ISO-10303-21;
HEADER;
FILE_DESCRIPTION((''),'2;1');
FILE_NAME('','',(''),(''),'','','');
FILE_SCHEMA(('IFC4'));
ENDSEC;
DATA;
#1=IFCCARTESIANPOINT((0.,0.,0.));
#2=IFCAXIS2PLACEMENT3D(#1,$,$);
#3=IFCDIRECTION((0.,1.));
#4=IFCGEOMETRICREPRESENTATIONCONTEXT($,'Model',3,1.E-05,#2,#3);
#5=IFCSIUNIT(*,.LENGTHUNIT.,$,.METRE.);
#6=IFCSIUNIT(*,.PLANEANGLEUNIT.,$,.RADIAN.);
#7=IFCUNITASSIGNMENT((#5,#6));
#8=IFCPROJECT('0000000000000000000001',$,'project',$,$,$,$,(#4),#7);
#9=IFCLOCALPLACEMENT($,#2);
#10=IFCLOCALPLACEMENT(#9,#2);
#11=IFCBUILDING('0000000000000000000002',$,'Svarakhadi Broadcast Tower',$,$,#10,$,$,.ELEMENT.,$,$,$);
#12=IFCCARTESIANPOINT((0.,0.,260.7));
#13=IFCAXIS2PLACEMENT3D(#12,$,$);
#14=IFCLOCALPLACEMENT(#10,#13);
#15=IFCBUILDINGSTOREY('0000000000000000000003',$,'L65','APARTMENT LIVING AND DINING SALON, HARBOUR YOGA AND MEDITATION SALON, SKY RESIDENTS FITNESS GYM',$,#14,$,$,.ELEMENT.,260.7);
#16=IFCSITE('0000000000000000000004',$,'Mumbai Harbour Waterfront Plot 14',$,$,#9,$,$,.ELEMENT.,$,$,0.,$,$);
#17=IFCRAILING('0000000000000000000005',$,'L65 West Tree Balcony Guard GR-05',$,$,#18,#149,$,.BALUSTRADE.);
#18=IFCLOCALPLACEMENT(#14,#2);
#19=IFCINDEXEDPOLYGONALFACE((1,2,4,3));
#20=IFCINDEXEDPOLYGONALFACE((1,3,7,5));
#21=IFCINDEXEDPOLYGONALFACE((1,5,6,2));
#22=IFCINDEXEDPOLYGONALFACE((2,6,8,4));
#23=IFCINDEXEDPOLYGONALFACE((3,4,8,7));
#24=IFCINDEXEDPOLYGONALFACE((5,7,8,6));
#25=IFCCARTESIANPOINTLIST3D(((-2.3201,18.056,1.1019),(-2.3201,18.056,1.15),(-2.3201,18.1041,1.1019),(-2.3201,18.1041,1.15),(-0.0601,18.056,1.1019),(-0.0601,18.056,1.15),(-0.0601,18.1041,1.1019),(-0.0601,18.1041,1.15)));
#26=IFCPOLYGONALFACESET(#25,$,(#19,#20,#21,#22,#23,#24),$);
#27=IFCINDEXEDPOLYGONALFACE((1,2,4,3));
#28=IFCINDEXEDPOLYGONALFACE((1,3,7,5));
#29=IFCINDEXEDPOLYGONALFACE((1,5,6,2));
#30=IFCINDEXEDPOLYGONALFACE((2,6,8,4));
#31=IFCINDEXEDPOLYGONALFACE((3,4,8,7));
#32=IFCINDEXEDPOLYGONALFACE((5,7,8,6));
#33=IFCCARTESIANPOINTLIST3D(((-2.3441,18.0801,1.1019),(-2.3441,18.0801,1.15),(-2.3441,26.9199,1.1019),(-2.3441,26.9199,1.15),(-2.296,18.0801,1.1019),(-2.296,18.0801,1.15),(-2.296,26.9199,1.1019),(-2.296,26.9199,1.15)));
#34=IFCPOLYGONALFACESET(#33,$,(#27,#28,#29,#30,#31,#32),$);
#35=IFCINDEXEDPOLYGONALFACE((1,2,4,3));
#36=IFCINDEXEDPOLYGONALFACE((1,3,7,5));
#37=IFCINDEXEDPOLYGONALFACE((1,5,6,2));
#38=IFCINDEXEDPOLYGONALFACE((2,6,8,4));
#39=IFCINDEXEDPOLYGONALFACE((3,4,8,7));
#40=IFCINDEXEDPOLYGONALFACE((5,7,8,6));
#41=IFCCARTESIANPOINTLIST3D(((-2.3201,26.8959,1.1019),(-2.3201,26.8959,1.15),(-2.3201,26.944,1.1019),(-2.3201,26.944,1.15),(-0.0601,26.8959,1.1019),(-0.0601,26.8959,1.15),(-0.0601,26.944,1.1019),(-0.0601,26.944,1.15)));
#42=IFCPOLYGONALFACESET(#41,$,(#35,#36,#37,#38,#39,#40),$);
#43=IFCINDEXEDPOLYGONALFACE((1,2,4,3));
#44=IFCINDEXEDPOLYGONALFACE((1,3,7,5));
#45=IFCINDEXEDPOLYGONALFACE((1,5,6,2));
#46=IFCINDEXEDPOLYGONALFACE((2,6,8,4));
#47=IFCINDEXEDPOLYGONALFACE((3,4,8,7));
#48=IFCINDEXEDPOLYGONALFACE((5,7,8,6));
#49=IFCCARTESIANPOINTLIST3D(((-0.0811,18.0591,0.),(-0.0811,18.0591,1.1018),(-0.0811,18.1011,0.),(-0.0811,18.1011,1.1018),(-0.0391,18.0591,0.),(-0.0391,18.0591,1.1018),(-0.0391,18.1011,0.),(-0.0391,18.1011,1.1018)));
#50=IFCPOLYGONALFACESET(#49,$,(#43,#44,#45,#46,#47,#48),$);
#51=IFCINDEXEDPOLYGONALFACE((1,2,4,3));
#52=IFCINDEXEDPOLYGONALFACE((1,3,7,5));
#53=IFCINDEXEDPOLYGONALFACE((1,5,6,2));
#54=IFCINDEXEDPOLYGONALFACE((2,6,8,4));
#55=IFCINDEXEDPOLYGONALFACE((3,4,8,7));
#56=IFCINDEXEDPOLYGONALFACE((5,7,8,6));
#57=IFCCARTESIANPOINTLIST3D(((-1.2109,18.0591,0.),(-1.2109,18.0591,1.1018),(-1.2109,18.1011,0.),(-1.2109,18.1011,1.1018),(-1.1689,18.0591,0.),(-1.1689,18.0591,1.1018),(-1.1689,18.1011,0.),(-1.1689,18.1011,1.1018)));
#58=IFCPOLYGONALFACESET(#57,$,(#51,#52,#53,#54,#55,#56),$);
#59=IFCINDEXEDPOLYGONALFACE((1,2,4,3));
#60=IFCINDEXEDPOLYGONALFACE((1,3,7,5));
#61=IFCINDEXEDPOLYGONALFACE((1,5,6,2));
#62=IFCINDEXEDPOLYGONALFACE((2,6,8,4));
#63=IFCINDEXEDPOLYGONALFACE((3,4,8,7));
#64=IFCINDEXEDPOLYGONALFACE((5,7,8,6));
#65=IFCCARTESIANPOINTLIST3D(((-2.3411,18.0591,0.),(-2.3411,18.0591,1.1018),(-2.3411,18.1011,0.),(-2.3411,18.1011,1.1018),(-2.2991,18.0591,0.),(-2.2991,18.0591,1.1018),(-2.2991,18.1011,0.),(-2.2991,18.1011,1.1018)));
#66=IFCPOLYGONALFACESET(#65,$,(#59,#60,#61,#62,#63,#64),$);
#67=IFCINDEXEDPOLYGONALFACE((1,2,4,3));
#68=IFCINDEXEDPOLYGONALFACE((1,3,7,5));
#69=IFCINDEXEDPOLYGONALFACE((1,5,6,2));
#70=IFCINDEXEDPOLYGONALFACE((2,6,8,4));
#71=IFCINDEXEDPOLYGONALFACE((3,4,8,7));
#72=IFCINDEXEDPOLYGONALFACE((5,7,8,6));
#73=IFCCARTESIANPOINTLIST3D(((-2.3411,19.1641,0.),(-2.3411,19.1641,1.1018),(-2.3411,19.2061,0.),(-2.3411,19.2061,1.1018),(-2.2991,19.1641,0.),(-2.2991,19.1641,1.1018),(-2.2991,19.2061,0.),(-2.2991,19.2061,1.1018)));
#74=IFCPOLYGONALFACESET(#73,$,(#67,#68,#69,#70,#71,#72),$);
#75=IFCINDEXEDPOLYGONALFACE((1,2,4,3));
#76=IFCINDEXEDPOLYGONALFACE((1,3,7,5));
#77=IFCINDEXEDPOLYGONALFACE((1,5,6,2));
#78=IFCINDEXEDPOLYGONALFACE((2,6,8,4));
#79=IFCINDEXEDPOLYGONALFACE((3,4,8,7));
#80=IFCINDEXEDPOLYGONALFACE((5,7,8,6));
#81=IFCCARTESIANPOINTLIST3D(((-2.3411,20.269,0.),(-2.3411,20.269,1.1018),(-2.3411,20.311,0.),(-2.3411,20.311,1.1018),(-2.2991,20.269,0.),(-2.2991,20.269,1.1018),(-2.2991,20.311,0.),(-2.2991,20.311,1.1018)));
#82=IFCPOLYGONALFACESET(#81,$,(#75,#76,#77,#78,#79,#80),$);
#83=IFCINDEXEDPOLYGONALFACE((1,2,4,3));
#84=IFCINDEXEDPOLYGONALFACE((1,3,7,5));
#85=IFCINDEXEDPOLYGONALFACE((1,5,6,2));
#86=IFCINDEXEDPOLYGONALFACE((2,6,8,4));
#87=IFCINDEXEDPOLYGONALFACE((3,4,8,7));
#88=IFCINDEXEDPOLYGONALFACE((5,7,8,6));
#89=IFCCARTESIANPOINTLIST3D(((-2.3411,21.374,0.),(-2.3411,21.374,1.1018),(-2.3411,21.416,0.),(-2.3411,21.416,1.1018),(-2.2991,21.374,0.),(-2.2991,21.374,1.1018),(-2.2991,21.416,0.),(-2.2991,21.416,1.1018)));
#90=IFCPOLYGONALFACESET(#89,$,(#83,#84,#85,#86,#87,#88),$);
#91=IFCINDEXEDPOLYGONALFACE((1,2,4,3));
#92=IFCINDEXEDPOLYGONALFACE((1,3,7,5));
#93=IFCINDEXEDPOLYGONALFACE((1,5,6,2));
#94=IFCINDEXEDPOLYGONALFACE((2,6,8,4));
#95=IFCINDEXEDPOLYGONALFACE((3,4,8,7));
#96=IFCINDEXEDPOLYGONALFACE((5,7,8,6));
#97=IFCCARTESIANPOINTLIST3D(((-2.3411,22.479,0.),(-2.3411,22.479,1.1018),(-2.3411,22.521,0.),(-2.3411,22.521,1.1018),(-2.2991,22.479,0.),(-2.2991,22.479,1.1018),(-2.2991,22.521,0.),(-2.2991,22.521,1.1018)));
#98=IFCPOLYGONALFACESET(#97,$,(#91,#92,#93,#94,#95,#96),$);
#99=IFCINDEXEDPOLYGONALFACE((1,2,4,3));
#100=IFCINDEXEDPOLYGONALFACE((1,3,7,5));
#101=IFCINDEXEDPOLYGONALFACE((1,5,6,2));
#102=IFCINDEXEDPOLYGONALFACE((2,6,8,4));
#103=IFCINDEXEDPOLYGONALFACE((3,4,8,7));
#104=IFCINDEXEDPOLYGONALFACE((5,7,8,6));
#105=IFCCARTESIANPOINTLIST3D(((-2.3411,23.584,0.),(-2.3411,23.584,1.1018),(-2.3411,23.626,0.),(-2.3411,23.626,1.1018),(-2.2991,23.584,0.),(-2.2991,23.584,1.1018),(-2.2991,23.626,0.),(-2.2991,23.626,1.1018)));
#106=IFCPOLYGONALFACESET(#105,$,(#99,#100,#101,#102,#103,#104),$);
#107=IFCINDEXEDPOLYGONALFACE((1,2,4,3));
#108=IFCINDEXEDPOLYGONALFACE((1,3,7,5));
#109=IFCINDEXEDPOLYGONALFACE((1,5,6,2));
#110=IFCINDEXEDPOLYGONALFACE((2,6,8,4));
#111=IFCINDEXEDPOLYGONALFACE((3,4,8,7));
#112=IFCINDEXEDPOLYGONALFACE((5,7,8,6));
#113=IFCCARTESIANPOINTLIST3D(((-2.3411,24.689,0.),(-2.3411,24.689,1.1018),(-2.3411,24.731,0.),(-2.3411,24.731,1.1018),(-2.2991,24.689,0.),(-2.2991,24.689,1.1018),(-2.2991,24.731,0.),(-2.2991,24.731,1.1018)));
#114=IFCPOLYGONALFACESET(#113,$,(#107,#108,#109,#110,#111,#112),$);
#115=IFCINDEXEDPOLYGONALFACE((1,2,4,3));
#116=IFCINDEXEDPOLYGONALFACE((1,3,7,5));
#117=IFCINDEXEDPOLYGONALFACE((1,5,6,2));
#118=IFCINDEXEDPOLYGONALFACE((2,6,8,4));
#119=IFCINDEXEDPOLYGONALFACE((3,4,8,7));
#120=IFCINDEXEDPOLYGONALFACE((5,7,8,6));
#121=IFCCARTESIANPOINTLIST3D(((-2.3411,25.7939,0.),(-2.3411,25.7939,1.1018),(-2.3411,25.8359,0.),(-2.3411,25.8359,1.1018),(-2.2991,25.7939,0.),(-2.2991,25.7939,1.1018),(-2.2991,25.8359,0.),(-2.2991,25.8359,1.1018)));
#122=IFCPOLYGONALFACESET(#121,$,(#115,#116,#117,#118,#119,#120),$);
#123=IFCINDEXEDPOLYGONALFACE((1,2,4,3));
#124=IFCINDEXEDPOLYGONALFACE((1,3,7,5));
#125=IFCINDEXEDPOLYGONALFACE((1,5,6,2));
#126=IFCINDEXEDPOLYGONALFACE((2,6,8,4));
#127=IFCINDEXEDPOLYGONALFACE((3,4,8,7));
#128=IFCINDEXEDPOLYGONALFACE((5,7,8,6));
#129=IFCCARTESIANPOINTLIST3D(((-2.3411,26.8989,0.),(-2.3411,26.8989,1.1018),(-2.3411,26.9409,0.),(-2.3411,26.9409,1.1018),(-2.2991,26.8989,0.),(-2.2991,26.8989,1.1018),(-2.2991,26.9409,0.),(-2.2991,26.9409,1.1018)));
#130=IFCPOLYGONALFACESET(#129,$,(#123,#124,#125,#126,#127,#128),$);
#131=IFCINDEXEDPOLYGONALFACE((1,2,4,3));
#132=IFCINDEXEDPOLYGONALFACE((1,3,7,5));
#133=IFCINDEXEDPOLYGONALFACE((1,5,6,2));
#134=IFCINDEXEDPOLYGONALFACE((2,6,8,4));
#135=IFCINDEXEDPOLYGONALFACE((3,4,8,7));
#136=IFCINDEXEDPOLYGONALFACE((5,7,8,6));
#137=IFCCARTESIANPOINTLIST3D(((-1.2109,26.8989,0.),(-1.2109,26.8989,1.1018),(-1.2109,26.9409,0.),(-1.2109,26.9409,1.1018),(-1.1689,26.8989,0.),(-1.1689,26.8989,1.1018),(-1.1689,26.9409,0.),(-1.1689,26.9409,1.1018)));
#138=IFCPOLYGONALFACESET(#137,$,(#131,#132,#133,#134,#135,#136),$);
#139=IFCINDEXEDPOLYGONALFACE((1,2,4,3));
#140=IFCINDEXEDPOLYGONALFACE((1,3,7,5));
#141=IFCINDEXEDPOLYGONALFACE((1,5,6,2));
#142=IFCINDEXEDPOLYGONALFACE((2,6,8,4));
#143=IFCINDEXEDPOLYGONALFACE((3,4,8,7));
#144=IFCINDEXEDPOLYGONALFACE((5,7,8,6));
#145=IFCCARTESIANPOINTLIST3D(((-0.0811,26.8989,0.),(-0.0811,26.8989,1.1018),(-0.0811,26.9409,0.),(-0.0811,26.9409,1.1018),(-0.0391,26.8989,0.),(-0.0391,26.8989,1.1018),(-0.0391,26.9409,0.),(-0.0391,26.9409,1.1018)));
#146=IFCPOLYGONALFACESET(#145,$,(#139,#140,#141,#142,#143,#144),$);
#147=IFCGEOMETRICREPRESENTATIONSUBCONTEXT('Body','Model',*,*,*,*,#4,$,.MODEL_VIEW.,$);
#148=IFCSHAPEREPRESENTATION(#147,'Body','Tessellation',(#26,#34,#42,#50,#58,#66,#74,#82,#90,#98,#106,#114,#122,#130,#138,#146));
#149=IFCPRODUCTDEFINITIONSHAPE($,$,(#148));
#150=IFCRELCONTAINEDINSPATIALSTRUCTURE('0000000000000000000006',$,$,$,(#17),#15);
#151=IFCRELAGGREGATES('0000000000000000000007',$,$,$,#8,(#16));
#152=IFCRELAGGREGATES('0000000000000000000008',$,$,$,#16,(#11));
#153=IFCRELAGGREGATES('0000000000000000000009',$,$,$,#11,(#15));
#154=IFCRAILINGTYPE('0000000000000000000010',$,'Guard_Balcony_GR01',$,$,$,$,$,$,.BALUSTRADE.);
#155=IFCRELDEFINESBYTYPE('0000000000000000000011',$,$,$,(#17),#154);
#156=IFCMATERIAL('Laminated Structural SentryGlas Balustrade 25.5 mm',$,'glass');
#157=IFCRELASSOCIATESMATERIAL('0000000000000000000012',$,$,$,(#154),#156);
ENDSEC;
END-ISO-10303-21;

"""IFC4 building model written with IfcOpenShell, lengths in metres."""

from ifc_helpers import new_model, si_unit, direction, frame, origin, origin_2d, place, context, subcontext, project, spatial, rectangle, extrude, material, type_object, element, save


model = new_model("IFC4")

# Units and contexts
model_context = context("Model", 3, precision=1e-05, world=origin(), true_north=direction((0.0, 1.0)))
body_context = subcontext(model_context, "Body", "Model", "MODEL_VIEW")
ifc_project = project(units=[si_unit("LENGTHUNIT", "METRE"), si_unit("PLANEANGLEUNIT", "RADIAN")], contexts=[model_context])

# Site, building, storey
site_placement = place(None, origin())
site = spatial("IfcSite", under=ifc_project, at=site_placement, Name="Mumbai Harbour Waterfront Plot 14", CompositionType="ELEMENT", RefElevation=0.0)
building_placement = place(site_placement, origin())
building = spatial("IfcBuilding", under=site, at=building_placement, Name="Svarakhadi Broadcast Tower", CompositionType="ELEMENT")
storey_placement = place(building_placement, frame((0.0, 0.0, 260.7)))
storey = spatial("IfcBuildingStorey", under=building, at=storey_placement, Name="L65", Description="APARTMENT LIVING AND DINING SALON, HARBOUR YOGA AND MEDITATION SALON, SKY RESIDENTS FITNESS GYM", CompositionType="ELEMENT", Elevation=260.7)

# Railing
ifc_material_1 = material(Name="Laminated Structural SentryGlas Balustrade 25.5 mm", Category="glass")
railing_type = type_object("IfcRailingType", Name="Guard_Balcony_GR01", PredefinedType="BALUSTRADE", material=ifc_material_1)
railing_placement = place(storey_placement, frame((-0.0601, 18.0801, 0.0)))
element("IfcRailing", 1, at=railing_placement, inside=storey, type_object=railing_type, Name="L65 West Tree Balcony Guard GR-05", PredefinedType="BALUSTRADE", context=body_context, shape_type="SweptSolid", body=[
    extrude(rectangle(XDim=0.0481, YDim=0.0481, at=origin_2d()), frame((0.0, 0.0, 1.126), z_axis=(-1.0, 0.0, 0.0), x_axis=(0.0, -1.0, 0.0)), (0.0, 0.0, 1.0), 2.26),
    extrude(rectangle(XDim=0.0481, YDim=0.0481, at=origin_2d()), frame((-2.26, 0.0, 1.126), z_axis=(0.0, 1.0, 0.0), x_axis=(-1.0, 0.0, 0.0)), (0.0, 0.0, 1.0), 8.8398),
    extrude(rectangle(XDim=0.0481, YDim=0.0481, at=origin_2d()), frame((-2.26, 8.8398, 1.126), z_axis=(1.0, 0.0, 0.0), x_axis=(0.0, 1.0, 0.0)), (0.0, 0.0, 1.0), 2.26),
    extrude(rectangle(XDim=0.042, YDim=0.042, at=origin_2d()), origin(), (0.0, 0.0, 1.0), 1.1018),
    extrude(rectangle(XDim=0.042, YDim=0.042, at=origin_2d()), frame((-1.1299, 0.0, 0.0)), (0.0, 0.0, 1.0), 1.1018),
    extrude(rectangle(XDim=0.042, YDim=0.042, at=origin_2d()), frame((-2.26, 0.0, 0.0)), (0.0, 0.0, 1.0), 1.1018),
    extrude(rectangle(XDim=0.042, YDim=0.042, at=origin_2d()), frame((-2.26, 1.105, 0.0)), (0.0, 0.0, 1.0), 1.1018),
    extrude(rectangle(XDim=0.042, YDim=0.042, at=origin_2d()), frame((-2.26, 2.21, 0.0)), (0.0, 0.0, 1.0), 1.1018),
    extrude(rectangle(XDim=0.042, YDim=0.042, at=origin_2d()), frame((-2.26, 3.3149, 0.0)), (0.0, 0.0, 1.0), 1.1018),
    extrude(rectangle(XDim=0.042, YDim=0.042, at=origin_2d()), frame((-2.26, 4.4199, 0.0)), (0.0, 0.0, 1.0), 1.1018),
    extrude(rectangle(XDim=0.042, YDim=0.042, at=origin_2d()), frame((-2.26, 5.5249, 0.0)), (0.0, 0.0, 1.0), 1.1018),
    extrude(rectangle(XDim=0.042, YDim=0.042, at=origin_2d()), frame((-2.26, 6.6299, 0.0)), (0.0, 0.0, 1.0), 1.1018),
    extrude(rectangle(XDim=0.042, YDim=0.042, at=origin_2d()), frame((-2.26, 7.7349, 0.0)), (0.0, 0.0, 1.0), 1.1018),
    extrude(rectangle(XDim=0.042, YDim=0.042, at=origin_2d()), frame((-2.26, 8.8398, 0.0)), (0.0, 0.0, 1.0), 1.1018),
    extrude(rectangle(XDim=0.042, YDim=0.042, at=origin_2d()), frame((-1.1299, 8.8398, 0.0)), (0.0, 0.0, 1.0), 1.1018),
    extrude(rectangle(XDim=0.042, YDim=0.042, at=origin_2d()), frame((0.0, 8.8398, 0.0)), (0.0, 0.0, 1.0), 1.1018),
])

save(model, "model.ifc")
